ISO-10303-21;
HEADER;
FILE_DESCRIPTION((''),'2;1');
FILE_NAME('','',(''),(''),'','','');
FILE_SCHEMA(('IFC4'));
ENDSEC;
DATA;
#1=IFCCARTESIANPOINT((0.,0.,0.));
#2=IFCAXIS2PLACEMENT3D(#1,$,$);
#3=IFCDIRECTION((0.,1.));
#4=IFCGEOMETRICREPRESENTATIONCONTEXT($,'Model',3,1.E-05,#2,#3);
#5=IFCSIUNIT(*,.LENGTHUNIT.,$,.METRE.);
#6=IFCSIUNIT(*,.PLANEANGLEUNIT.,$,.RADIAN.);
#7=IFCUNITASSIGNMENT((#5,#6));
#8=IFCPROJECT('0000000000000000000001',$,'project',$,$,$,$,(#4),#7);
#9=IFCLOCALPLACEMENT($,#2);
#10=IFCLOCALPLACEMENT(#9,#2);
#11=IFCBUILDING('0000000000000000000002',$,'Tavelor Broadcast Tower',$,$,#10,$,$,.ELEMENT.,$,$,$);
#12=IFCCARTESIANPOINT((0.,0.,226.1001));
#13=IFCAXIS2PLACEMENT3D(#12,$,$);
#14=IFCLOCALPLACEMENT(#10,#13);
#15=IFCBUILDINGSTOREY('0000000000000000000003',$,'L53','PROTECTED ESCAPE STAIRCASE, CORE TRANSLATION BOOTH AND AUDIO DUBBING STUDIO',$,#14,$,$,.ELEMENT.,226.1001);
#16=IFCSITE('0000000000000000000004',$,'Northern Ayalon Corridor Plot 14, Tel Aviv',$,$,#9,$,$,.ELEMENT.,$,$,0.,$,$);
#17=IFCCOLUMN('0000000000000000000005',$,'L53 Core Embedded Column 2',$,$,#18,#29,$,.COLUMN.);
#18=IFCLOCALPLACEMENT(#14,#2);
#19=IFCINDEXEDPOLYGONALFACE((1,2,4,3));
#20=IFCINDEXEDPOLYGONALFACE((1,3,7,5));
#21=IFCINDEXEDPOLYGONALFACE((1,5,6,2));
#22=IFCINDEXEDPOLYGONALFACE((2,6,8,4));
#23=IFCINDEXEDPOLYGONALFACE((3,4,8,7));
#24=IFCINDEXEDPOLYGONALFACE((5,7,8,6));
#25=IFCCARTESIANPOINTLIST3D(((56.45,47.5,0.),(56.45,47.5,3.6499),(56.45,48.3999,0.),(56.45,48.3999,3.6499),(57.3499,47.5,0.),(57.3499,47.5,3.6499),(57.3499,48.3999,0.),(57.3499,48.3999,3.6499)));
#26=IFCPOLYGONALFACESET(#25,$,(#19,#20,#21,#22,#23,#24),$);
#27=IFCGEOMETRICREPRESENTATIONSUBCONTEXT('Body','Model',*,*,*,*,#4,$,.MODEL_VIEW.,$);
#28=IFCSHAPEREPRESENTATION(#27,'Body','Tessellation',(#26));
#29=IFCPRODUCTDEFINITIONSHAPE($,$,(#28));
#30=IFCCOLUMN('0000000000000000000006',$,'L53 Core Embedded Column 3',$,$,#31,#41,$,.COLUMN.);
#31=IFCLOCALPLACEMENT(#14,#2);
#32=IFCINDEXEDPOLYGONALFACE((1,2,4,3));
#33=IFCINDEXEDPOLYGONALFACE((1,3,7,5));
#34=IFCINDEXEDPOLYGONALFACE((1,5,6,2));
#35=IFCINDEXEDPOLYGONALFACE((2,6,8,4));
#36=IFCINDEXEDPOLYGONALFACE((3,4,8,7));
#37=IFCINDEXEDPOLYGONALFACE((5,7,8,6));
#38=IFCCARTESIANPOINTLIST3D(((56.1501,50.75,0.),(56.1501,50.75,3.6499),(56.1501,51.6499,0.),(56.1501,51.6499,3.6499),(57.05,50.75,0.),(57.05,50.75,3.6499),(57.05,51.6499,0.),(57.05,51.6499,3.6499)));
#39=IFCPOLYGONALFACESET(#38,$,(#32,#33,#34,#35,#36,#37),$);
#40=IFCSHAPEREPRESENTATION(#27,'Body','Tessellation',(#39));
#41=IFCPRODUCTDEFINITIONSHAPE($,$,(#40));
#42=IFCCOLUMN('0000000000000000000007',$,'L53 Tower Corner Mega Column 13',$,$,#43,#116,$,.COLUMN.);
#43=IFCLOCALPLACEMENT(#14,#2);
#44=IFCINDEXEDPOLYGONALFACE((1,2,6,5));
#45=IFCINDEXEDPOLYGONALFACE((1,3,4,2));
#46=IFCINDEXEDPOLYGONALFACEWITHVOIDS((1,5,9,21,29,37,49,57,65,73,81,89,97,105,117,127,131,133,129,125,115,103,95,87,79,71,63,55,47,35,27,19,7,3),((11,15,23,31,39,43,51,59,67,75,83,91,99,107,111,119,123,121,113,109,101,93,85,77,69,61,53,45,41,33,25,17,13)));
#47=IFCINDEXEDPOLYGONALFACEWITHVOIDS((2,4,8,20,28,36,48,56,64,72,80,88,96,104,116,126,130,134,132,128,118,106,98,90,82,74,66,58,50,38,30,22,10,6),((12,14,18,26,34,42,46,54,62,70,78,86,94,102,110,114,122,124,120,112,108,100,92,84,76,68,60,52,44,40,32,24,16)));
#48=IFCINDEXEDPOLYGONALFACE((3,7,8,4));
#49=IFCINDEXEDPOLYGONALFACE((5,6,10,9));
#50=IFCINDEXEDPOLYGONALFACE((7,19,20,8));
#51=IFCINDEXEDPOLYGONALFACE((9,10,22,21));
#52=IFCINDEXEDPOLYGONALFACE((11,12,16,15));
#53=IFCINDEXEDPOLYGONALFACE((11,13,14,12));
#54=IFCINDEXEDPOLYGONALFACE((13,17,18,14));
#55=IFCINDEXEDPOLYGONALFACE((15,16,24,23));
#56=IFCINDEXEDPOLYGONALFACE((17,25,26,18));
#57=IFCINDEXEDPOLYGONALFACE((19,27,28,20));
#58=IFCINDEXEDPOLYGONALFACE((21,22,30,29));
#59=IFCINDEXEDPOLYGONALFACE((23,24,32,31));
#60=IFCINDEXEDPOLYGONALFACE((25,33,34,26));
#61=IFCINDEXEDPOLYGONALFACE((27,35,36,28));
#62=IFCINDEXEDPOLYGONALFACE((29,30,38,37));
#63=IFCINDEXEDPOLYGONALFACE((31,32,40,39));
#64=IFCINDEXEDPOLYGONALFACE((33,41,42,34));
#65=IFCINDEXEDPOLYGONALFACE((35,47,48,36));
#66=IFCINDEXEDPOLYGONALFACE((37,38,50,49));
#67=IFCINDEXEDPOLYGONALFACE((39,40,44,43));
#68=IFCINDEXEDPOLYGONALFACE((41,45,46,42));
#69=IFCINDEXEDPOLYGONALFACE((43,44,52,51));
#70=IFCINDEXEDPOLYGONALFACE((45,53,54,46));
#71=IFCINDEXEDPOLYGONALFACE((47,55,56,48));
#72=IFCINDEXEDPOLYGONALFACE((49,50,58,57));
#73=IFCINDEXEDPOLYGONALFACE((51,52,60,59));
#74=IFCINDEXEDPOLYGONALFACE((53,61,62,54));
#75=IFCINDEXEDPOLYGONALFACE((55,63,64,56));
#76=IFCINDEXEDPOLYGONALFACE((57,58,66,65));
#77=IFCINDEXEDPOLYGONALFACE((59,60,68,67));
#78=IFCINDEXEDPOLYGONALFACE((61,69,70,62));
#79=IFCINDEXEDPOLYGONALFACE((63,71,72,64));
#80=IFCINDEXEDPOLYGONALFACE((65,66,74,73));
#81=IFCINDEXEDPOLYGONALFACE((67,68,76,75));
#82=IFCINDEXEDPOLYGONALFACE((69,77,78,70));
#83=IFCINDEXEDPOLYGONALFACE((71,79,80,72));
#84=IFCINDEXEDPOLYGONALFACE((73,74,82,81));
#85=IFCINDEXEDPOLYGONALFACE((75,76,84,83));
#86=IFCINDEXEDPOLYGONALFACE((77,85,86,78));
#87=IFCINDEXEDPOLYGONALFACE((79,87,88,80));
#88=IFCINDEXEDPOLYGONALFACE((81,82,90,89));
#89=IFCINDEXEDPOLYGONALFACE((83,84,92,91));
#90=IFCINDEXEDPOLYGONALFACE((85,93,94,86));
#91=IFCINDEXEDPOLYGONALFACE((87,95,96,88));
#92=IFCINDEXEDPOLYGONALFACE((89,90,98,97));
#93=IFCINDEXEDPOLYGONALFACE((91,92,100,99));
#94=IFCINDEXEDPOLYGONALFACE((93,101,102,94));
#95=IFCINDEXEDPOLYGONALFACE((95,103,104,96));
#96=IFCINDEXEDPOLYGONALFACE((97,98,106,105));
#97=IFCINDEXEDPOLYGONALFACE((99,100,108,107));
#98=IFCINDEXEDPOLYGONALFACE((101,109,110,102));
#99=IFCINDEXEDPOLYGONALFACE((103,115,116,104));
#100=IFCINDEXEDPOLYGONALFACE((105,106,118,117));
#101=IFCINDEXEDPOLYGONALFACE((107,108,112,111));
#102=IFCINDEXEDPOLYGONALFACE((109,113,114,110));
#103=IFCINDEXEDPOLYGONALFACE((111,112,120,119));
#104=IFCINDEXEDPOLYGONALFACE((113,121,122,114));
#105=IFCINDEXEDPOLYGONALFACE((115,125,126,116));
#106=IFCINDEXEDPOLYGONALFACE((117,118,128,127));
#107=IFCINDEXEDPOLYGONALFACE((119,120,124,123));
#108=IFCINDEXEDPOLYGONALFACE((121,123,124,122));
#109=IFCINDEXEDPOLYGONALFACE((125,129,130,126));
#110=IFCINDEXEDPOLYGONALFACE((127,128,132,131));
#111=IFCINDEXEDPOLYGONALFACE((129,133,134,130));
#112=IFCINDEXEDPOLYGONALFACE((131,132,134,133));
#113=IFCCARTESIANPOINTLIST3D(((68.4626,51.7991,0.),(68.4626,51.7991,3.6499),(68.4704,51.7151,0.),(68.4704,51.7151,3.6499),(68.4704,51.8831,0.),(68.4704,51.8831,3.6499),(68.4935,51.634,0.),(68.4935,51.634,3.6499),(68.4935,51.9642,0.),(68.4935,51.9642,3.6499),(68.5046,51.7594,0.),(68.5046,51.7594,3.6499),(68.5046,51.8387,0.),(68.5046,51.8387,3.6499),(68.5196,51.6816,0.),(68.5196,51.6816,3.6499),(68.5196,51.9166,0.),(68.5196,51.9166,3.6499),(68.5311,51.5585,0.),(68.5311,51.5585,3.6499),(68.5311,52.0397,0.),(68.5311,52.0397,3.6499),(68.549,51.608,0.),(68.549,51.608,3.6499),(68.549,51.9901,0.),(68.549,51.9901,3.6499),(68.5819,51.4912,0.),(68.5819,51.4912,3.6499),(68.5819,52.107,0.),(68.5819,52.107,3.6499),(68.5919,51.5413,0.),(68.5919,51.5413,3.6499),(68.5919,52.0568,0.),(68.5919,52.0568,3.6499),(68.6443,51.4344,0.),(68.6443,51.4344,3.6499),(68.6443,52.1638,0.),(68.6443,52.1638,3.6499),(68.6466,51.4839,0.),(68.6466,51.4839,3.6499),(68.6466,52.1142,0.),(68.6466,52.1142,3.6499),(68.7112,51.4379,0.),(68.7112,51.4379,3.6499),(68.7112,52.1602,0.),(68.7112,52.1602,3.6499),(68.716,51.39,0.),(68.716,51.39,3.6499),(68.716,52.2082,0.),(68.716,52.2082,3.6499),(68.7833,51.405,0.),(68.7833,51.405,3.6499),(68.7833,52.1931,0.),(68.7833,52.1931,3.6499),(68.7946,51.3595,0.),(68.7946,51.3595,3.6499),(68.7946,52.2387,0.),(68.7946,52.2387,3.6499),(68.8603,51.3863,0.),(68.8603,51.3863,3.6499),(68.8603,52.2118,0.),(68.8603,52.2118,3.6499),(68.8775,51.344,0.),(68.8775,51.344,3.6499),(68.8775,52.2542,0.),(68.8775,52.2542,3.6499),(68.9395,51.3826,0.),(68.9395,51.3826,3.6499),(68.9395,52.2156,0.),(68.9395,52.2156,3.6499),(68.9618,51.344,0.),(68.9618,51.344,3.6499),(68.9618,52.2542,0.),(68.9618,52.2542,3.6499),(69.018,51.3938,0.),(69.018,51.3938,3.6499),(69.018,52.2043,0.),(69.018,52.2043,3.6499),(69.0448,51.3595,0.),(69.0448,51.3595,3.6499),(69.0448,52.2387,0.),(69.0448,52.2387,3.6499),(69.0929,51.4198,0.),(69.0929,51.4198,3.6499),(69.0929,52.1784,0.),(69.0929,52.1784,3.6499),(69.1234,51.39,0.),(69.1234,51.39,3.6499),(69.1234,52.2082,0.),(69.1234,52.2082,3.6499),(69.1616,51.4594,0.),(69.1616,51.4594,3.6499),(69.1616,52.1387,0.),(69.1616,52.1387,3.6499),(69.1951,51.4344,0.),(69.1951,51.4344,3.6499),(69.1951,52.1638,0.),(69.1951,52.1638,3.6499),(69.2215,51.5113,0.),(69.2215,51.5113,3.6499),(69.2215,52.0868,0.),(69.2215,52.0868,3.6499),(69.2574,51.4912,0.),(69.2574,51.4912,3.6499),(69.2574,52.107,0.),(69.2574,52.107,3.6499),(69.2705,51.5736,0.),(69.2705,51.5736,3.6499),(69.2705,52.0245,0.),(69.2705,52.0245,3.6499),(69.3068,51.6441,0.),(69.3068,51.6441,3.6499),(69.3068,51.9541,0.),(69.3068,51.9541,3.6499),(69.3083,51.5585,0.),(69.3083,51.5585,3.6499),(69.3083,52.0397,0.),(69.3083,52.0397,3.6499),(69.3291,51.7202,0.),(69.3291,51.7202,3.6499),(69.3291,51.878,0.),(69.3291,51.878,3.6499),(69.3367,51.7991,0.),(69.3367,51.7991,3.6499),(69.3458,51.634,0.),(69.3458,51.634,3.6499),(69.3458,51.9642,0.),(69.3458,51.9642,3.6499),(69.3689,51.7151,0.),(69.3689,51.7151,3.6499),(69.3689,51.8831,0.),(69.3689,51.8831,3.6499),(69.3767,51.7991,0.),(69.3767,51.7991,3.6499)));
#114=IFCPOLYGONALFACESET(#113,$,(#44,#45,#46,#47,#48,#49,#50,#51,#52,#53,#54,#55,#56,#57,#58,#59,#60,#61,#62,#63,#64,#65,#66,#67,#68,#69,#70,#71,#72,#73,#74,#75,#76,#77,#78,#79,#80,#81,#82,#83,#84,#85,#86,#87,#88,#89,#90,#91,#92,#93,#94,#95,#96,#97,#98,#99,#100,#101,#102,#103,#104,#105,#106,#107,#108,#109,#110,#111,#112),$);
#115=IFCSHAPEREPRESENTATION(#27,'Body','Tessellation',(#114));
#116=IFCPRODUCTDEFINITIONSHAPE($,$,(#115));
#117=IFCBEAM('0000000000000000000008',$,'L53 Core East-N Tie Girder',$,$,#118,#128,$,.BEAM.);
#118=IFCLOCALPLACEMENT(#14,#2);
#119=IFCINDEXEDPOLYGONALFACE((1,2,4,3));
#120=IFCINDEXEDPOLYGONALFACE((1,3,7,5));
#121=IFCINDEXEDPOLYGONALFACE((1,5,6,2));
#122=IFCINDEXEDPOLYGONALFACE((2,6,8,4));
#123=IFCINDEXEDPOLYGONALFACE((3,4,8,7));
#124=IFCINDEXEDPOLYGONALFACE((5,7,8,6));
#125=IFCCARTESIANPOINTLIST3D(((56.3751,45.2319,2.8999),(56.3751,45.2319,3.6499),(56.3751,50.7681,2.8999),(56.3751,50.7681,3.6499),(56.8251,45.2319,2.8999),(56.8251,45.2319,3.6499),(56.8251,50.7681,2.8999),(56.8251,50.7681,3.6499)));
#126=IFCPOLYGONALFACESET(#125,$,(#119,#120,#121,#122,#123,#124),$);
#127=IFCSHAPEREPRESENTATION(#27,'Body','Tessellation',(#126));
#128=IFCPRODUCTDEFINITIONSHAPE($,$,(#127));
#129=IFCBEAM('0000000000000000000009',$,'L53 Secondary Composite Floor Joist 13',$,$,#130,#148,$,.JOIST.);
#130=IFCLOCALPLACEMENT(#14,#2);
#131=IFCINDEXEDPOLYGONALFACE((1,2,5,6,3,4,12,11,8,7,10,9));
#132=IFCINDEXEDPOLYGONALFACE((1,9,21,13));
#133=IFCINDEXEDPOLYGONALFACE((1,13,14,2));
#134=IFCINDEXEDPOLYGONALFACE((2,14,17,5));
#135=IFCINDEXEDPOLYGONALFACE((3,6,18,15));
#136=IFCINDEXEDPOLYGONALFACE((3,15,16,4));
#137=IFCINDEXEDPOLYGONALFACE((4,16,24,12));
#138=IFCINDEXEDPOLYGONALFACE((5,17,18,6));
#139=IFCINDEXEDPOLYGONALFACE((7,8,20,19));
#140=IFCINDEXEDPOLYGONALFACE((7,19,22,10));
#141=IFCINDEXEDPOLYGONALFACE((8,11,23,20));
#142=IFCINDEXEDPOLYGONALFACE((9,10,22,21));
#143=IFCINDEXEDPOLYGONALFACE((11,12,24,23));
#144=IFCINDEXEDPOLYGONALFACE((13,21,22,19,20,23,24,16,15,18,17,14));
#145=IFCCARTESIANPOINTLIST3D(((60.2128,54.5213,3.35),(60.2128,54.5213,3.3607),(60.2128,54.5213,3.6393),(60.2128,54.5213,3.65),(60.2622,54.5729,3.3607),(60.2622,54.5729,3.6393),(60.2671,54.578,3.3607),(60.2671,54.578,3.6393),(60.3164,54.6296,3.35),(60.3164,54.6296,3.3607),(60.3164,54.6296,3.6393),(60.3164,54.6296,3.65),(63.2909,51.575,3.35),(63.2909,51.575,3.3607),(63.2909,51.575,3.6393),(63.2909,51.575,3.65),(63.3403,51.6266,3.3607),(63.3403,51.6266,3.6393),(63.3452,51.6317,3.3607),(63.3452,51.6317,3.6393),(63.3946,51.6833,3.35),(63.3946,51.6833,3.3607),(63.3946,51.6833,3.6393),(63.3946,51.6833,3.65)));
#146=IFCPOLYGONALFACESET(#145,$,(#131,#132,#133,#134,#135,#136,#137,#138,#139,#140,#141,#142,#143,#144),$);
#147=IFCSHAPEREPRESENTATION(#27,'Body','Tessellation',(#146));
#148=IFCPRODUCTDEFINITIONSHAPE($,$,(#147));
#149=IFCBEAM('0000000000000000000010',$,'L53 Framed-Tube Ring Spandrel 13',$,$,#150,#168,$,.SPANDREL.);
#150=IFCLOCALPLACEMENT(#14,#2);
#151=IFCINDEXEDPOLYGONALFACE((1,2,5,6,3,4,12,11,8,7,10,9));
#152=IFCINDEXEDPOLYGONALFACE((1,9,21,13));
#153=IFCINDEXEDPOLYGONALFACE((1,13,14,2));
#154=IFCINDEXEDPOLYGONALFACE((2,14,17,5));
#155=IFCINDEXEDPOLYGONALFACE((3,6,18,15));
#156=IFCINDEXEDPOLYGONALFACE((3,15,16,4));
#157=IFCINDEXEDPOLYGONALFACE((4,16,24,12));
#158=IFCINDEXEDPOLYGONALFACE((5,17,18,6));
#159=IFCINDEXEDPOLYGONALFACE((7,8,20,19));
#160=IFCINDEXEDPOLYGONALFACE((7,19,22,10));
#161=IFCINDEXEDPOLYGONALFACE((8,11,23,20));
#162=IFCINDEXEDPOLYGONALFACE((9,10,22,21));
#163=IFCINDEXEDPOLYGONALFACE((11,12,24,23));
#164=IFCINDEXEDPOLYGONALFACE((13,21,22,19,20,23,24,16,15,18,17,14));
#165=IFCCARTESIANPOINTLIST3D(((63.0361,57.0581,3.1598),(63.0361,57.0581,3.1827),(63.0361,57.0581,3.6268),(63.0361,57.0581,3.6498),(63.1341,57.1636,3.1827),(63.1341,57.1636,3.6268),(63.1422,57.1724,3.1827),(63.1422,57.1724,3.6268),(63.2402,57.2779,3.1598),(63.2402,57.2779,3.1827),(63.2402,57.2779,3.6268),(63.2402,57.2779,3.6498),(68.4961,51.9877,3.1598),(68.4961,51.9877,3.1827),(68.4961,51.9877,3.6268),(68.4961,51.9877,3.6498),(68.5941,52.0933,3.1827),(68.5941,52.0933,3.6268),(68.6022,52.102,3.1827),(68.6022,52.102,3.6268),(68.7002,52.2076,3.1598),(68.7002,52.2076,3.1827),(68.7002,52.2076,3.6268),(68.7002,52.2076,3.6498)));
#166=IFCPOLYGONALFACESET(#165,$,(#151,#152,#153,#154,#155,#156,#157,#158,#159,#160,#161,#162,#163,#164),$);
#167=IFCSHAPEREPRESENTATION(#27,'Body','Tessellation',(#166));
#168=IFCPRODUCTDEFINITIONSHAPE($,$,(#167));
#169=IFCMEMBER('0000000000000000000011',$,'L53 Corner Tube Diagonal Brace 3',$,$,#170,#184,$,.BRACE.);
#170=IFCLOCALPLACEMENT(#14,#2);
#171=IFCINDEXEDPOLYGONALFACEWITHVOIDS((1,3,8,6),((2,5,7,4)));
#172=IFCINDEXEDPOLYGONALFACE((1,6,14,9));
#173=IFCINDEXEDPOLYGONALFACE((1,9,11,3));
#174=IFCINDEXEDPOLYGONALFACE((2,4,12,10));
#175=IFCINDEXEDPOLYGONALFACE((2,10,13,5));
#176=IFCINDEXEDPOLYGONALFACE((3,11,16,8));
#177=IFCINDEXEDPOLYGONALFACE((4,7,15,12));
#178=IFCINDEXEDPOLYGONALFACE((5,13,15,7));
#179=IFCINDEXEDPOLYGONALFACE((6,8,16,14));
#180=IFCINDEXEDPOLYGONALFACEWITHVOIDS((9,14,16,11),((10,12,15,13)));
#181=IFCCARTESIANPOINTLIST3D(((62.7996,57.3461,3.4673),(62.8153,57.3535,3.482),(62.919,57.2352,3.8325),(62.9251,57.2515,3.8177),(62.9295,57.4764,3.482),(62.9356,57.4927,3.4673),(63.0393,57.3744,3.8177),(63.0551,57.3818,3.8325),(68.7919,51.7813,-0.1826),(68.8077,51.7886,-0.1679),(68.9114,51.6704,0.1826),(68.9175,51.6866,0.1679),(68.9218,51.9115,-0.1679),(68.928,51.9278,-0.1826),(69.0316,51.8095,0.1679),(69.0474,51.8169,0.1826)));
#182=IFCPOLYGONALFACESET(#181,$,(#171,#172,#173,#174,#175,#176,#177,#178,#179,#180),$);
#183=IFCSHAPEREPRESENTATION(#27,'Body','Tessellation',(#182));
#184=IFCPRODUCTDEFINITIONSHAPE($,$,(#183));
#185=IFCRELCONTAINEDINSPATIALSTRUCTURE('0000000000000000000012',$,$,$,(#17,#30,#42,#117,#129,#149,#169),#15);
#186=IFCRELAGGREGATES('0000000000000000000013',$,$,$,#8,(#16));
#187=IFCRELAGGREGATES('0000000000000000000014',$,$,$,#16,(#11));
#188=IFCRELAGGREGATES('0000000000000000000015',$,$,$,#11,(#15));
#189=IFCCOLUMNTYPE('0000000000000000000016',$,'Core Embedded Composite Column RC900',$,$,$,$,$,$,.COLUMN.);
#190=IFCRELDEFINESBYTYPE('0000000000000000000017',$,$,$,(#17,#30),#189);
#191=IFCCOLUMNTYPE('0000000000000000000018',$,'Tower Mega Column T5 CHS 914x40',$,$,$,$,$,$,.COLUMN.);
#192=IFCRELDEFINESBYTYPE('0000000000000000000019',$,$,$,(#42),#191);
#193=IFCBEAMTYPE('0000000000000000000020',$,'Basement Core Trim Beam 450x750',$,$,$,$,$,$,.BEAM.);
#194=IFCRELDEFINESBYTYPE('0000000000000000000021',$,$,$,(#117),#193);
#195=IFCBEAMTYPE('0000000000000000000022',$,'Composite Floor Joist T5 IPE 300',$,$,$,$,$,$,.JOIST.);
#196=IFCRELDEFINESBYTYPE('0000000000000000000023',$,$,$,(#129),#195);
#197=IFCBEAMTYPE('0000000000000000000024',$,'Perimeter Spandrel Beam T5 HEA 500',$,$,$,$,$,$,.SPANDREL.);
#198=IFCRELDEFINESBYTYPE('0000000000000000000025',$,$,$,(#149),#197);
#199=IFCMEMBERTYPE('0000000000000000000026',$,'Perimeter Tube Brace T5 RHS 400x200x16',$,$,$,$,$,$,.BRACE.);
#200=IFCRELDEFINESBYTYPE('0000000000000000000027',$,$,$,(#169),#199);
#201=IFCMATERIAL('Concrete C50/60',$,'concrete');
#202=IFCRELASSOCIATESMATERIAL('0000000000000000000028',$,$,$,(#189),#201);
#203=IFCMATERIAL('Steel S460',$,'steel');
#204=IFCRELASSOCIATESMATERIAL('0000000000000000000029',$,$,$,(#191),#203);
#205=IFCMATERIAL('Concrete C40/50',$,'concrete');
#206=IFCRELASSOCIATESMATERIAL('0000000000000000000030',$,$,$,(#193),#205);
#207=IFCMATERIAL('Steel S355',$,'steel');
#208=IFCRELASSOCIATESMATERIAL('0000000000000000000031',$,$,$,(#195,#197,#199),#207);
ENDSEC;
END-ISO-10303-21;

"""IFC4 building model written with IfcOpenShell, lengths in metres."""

from ifc_helpers import new_model, si_unit, direction, frame, origin, origin_2d, place, context, subcontext, project, spatial, rectangle, hollow_rectangle, hollow_circle, i_section, extrude, material, material_profile, profile_set, type_object, element, save


model = new_model("IFC4")

# Units and contexts
model_context = context("Model", 3, precision=1e-05, world=origin(), true_north=direction((0.0, 1.0)))
body_context = subcontext(model_context, "Body", "Model", "MODEL_VIEW")
ifc_project = project(units=[si_unit("LENGTHUNIT", "METRE"), si_unit("PLANEANGLEUNIT", "RADIAN")], contexts=[model_context])

# Site, building, storey
site_placement = place(None, origin())
site = spatial("IfcSite", under=ifc_project, at=site_placement, Name="Northern Ayalon Corridor Plot 14, Tel Aviv", CompositionType="ELEMENT", RefElevation=0.0)
building_placement = place(site_placement, origin())
building = spatial("IfcBuilding", under=site, at=building_placement, Name="Tavelor Broadcast Tower", CompositionType="ELEMENT")
storey_placement = place(building_placement, frame((0.0, 0.0, 226.1001)))
storey = spatial("IfcBuildingStorey", under=building, at=storey_placement, Name="L53", Description="PROTECTED ESCAPE STAIRCASE, CORE TRANSLATION BOOTH AND AUDIO DUBBING STUDIO", CompositionType="ELEMENT", Elevation=226.1001)

# Columns
ifc_material_1 = material(Name="Concrete C50/60", Category="concrete")
ifc_material_profile_1 = material_profile(ifc_material_1, rectangle(XDim=0.8999, YDim=0.8999, at=origin_2d()), Name="RC 900x900")
ifc_profile_set_1 = profile_set([ifc_material_profile_1], Name="Concrete C50/60")
column_type_1 = type_object("IfcColumnType", Name="Core Embedded Composite Column RC900", PredefinedType="COLUMN", material=ifc_profile_set_1)
for number, where, z_axis, x_axis, name in (
    (1, (56.8999, 47.95, 0.0), (0.0, 0.0, 1.0), (1.0, 0.0, 0.0), "L53 Core Embedded Column 2"),
    (2, (56.6001, 51.2, 0.0), (0.0, 0.0, 1.0), (1.0, 0.0, 0.0), "L53 Core Embedded Column 3"),
):
    element("IfcColumn", number, at=place(storey_placement, frame(where, z_axis=z_axis, x_axis=x_axis)), inside=storey, type_object=column_type_1, Name=name, PredefinedType="COLUMN", context=body_context, shape_type="SweptSolid", body=[
        extrude(rectangle(XDim=0.8999, YDim=0.8999, at=origin_2d()), origin(), (0.0, 0.0, 1.0), 3.6499),
    ])
ifc_material_2 = material(Name="Steel S460", Category="steel")
ifc_material_profile_2 = material_profile(ifc_material_2, hollow_circle(Radius=0.457, WallThickness=0.04, at=origin_2d()), Name="CHS 914x40")
ifc_profile_set_2 = profile_set([ifc_material_profile_2], Name="Steel S460")
column_type_2 = type_object("IfcColumnType", Name="Tower Mega Column T5 CHS 914x40", PredefinedType="COLUMN", material=ifc_profile_set_2)
column_placement = place(storey_placement, frame((68.9197, 51.7991, 0.0), z_axis=(0.0, 0.0, 1.0), x_axis=(1.0, 0.0, 0.0)))
element("IfcColumn", 3, at=column_placement, inside=storey, type_object=column_type_2, Name="L53 Tower Corner Mega Column 13", PredefinedType="COLUMN", context=body_context, shape_type="SweptSolid", body=[
    extrude(hollow_circle(Radius=0.457, WallThickness=0.04, at=origin_2d()), origin(), (0.0, 0.0, 1.0), 3.6499),
])

# Beams
ifc_material_3 = material(Name="Concrete C40/50", Category="concrete")
ifc_material_profile_3 = material_profile(ifc_material_3, rectangle(XDim=0.45, YDim=0.75, at=origin_2d()), Name="RC 450x750")
ifc_profile_set_3 = profile_set([ifc_material_profile_3], Name="Concrete C40/50")
beam_type_1 = type_object("IfcBeamType", Name="Basement Core Trim Beam 450x750", PredefinedType="BEAM", material=ifc_profile_set_3)
beam_1_placement = place(storey_placement, frame((56.6001, 45.2319, 3.2749), z_axis=(0.0, 1.0, 0.0), x_axis=(-1.0, 0.0, 0.0)))
element("IfcBeam", 4, at=beam_1_placement, inside=storey, type_object=beam_type_1, Name="L53 Core East-N Tie Girder", PredefinedType="BEAM", context=body_context, shape_type="SweptSolid", body=[
    extrude(rectangle(XDim=0.45, YDim=0.75, at=origin_2d()), origin(), (0.0, 0.0, 1.0), 5.5361),
])
ifc_material_4 = material(Name="Steel S355", Category="steel")
ifc_material_profile_4 = material_profile(ifc_material_4, i_section(OverallWidth=0.1499, OverallDepth=0.3, WebThickness=0.0071, FlangeThickness=0.0107, at=origin_2d()), Name="IPE 300")
ifc_profile_set_4 = profile_set([ifc_material_profile_4], Name="Steel S355")
beam_type_2 = type_object("IfcBeamType", Name="Composite Floor Joist T5 IPE 300", PredefinedType="JOIST", material=ifc_profile_set_4)
beam_2_placement = place(storey_placement, frame((63.3428, 51.6292, 3.5), z_axis=(-0.722408, 0.691467, 0.0), x_axis=(-0.691467, -0.722408, 0.0)))
element("IfcBeam", 5, at=beam_2_placement, inside=storey, type_object=beam_type_2, Name="L53 Secondary Composite Floor Joist 13", PredefinedType="JOIST", context=body_context, shape_type="SweptSolid", body=[
    extrude(i_section(OverallWidth=0.1499, OverallDepth=0.3, WebThickness=0.0071, FlangeThickness=0.0107, at=origin_2d()), origin(), (0.0, 0.0, 1.0), 4.261),
])
ifc_material_profile_5 = material_profile(ifc_material_4, i_section(OverallWidth=0.3, OverallDepth=0.49, WebThickness=0.012, FlangeThickness=0.0229, at=origin_2d()), Name="HEA 500")
ifc_profile_set_5 = profile_set([ifc_material_profile_5], Name="Steel S355")
beam_type_3 = type_object("IfcBeamType", Name="Perimeter Spandrel Beam T5 HEA 500", PredefinedType="SPANDREL", material=ifc_profile_set_5)
beam_3_placement = place(storey_placement, frame((68.5981, 52.0977, 3.4048), z_axis=(-0.73277, 0.680476, 0.0), x_axis=(-0.680476, -0.73277, 0.0)))
element("IfcBeam", 6, at=beam_3_placement, inside=storey, type_object=beam_type_3, Name="L53 Framed-Tube Ring Spandrel 13", PredefinedType="SPANDREL", context=body_context, shape_type="SweptSolid", body=[
    extrude(i_section(OverallWidth=0.3, OverallDepth=0.49, WebThickness=0.012, FlangeThickness=0.0229, at=origin_2d()), origin(), (0.0, 0.0, 1.0), 7.4512),
])

# Member
ifc_material_profile_6 = material_profile(ifc_material_4, hollow_rectangle(XDim=0.2, YDim=0.3999, WallThickness=0.0161, at=origin_2d()), Name="RHS 400x200x16")
ifc_profile_set_6 = profile_set([ifc_material_profile_6], Name="Steel S355")
member_type_1 = type_object("IfcMemberType", Name="Perimeter Tube Brace T5 RHS 400x200x16", PredefinedType="BRACE", material=ifc_profile_set_6)
member_1_placement = place(storey_placement, frame((68.9197, 51.7991, 0.0), z_axis=(-0.66914, 0.621405, 0.407563), x_axis=(-0.680487, -0.732761, 0.0)))
element("IfcMember", 7, at=member_1_placement, inside=storey, type_object=member_type_1, Name="L53 Corner Tube Diagonal Brace 3", PredefinedType="BRACE", context=body_context, shape_type="SweptSolid", body=[
    extrude(hollow_rectangle(XDim=0.2, YDim=0.3999, WallThickness=0.0161, at=origin_2d()), origin(), (0.0, 0.0, 1.0), 8.9553),
])

save(model, "model.ifc")
